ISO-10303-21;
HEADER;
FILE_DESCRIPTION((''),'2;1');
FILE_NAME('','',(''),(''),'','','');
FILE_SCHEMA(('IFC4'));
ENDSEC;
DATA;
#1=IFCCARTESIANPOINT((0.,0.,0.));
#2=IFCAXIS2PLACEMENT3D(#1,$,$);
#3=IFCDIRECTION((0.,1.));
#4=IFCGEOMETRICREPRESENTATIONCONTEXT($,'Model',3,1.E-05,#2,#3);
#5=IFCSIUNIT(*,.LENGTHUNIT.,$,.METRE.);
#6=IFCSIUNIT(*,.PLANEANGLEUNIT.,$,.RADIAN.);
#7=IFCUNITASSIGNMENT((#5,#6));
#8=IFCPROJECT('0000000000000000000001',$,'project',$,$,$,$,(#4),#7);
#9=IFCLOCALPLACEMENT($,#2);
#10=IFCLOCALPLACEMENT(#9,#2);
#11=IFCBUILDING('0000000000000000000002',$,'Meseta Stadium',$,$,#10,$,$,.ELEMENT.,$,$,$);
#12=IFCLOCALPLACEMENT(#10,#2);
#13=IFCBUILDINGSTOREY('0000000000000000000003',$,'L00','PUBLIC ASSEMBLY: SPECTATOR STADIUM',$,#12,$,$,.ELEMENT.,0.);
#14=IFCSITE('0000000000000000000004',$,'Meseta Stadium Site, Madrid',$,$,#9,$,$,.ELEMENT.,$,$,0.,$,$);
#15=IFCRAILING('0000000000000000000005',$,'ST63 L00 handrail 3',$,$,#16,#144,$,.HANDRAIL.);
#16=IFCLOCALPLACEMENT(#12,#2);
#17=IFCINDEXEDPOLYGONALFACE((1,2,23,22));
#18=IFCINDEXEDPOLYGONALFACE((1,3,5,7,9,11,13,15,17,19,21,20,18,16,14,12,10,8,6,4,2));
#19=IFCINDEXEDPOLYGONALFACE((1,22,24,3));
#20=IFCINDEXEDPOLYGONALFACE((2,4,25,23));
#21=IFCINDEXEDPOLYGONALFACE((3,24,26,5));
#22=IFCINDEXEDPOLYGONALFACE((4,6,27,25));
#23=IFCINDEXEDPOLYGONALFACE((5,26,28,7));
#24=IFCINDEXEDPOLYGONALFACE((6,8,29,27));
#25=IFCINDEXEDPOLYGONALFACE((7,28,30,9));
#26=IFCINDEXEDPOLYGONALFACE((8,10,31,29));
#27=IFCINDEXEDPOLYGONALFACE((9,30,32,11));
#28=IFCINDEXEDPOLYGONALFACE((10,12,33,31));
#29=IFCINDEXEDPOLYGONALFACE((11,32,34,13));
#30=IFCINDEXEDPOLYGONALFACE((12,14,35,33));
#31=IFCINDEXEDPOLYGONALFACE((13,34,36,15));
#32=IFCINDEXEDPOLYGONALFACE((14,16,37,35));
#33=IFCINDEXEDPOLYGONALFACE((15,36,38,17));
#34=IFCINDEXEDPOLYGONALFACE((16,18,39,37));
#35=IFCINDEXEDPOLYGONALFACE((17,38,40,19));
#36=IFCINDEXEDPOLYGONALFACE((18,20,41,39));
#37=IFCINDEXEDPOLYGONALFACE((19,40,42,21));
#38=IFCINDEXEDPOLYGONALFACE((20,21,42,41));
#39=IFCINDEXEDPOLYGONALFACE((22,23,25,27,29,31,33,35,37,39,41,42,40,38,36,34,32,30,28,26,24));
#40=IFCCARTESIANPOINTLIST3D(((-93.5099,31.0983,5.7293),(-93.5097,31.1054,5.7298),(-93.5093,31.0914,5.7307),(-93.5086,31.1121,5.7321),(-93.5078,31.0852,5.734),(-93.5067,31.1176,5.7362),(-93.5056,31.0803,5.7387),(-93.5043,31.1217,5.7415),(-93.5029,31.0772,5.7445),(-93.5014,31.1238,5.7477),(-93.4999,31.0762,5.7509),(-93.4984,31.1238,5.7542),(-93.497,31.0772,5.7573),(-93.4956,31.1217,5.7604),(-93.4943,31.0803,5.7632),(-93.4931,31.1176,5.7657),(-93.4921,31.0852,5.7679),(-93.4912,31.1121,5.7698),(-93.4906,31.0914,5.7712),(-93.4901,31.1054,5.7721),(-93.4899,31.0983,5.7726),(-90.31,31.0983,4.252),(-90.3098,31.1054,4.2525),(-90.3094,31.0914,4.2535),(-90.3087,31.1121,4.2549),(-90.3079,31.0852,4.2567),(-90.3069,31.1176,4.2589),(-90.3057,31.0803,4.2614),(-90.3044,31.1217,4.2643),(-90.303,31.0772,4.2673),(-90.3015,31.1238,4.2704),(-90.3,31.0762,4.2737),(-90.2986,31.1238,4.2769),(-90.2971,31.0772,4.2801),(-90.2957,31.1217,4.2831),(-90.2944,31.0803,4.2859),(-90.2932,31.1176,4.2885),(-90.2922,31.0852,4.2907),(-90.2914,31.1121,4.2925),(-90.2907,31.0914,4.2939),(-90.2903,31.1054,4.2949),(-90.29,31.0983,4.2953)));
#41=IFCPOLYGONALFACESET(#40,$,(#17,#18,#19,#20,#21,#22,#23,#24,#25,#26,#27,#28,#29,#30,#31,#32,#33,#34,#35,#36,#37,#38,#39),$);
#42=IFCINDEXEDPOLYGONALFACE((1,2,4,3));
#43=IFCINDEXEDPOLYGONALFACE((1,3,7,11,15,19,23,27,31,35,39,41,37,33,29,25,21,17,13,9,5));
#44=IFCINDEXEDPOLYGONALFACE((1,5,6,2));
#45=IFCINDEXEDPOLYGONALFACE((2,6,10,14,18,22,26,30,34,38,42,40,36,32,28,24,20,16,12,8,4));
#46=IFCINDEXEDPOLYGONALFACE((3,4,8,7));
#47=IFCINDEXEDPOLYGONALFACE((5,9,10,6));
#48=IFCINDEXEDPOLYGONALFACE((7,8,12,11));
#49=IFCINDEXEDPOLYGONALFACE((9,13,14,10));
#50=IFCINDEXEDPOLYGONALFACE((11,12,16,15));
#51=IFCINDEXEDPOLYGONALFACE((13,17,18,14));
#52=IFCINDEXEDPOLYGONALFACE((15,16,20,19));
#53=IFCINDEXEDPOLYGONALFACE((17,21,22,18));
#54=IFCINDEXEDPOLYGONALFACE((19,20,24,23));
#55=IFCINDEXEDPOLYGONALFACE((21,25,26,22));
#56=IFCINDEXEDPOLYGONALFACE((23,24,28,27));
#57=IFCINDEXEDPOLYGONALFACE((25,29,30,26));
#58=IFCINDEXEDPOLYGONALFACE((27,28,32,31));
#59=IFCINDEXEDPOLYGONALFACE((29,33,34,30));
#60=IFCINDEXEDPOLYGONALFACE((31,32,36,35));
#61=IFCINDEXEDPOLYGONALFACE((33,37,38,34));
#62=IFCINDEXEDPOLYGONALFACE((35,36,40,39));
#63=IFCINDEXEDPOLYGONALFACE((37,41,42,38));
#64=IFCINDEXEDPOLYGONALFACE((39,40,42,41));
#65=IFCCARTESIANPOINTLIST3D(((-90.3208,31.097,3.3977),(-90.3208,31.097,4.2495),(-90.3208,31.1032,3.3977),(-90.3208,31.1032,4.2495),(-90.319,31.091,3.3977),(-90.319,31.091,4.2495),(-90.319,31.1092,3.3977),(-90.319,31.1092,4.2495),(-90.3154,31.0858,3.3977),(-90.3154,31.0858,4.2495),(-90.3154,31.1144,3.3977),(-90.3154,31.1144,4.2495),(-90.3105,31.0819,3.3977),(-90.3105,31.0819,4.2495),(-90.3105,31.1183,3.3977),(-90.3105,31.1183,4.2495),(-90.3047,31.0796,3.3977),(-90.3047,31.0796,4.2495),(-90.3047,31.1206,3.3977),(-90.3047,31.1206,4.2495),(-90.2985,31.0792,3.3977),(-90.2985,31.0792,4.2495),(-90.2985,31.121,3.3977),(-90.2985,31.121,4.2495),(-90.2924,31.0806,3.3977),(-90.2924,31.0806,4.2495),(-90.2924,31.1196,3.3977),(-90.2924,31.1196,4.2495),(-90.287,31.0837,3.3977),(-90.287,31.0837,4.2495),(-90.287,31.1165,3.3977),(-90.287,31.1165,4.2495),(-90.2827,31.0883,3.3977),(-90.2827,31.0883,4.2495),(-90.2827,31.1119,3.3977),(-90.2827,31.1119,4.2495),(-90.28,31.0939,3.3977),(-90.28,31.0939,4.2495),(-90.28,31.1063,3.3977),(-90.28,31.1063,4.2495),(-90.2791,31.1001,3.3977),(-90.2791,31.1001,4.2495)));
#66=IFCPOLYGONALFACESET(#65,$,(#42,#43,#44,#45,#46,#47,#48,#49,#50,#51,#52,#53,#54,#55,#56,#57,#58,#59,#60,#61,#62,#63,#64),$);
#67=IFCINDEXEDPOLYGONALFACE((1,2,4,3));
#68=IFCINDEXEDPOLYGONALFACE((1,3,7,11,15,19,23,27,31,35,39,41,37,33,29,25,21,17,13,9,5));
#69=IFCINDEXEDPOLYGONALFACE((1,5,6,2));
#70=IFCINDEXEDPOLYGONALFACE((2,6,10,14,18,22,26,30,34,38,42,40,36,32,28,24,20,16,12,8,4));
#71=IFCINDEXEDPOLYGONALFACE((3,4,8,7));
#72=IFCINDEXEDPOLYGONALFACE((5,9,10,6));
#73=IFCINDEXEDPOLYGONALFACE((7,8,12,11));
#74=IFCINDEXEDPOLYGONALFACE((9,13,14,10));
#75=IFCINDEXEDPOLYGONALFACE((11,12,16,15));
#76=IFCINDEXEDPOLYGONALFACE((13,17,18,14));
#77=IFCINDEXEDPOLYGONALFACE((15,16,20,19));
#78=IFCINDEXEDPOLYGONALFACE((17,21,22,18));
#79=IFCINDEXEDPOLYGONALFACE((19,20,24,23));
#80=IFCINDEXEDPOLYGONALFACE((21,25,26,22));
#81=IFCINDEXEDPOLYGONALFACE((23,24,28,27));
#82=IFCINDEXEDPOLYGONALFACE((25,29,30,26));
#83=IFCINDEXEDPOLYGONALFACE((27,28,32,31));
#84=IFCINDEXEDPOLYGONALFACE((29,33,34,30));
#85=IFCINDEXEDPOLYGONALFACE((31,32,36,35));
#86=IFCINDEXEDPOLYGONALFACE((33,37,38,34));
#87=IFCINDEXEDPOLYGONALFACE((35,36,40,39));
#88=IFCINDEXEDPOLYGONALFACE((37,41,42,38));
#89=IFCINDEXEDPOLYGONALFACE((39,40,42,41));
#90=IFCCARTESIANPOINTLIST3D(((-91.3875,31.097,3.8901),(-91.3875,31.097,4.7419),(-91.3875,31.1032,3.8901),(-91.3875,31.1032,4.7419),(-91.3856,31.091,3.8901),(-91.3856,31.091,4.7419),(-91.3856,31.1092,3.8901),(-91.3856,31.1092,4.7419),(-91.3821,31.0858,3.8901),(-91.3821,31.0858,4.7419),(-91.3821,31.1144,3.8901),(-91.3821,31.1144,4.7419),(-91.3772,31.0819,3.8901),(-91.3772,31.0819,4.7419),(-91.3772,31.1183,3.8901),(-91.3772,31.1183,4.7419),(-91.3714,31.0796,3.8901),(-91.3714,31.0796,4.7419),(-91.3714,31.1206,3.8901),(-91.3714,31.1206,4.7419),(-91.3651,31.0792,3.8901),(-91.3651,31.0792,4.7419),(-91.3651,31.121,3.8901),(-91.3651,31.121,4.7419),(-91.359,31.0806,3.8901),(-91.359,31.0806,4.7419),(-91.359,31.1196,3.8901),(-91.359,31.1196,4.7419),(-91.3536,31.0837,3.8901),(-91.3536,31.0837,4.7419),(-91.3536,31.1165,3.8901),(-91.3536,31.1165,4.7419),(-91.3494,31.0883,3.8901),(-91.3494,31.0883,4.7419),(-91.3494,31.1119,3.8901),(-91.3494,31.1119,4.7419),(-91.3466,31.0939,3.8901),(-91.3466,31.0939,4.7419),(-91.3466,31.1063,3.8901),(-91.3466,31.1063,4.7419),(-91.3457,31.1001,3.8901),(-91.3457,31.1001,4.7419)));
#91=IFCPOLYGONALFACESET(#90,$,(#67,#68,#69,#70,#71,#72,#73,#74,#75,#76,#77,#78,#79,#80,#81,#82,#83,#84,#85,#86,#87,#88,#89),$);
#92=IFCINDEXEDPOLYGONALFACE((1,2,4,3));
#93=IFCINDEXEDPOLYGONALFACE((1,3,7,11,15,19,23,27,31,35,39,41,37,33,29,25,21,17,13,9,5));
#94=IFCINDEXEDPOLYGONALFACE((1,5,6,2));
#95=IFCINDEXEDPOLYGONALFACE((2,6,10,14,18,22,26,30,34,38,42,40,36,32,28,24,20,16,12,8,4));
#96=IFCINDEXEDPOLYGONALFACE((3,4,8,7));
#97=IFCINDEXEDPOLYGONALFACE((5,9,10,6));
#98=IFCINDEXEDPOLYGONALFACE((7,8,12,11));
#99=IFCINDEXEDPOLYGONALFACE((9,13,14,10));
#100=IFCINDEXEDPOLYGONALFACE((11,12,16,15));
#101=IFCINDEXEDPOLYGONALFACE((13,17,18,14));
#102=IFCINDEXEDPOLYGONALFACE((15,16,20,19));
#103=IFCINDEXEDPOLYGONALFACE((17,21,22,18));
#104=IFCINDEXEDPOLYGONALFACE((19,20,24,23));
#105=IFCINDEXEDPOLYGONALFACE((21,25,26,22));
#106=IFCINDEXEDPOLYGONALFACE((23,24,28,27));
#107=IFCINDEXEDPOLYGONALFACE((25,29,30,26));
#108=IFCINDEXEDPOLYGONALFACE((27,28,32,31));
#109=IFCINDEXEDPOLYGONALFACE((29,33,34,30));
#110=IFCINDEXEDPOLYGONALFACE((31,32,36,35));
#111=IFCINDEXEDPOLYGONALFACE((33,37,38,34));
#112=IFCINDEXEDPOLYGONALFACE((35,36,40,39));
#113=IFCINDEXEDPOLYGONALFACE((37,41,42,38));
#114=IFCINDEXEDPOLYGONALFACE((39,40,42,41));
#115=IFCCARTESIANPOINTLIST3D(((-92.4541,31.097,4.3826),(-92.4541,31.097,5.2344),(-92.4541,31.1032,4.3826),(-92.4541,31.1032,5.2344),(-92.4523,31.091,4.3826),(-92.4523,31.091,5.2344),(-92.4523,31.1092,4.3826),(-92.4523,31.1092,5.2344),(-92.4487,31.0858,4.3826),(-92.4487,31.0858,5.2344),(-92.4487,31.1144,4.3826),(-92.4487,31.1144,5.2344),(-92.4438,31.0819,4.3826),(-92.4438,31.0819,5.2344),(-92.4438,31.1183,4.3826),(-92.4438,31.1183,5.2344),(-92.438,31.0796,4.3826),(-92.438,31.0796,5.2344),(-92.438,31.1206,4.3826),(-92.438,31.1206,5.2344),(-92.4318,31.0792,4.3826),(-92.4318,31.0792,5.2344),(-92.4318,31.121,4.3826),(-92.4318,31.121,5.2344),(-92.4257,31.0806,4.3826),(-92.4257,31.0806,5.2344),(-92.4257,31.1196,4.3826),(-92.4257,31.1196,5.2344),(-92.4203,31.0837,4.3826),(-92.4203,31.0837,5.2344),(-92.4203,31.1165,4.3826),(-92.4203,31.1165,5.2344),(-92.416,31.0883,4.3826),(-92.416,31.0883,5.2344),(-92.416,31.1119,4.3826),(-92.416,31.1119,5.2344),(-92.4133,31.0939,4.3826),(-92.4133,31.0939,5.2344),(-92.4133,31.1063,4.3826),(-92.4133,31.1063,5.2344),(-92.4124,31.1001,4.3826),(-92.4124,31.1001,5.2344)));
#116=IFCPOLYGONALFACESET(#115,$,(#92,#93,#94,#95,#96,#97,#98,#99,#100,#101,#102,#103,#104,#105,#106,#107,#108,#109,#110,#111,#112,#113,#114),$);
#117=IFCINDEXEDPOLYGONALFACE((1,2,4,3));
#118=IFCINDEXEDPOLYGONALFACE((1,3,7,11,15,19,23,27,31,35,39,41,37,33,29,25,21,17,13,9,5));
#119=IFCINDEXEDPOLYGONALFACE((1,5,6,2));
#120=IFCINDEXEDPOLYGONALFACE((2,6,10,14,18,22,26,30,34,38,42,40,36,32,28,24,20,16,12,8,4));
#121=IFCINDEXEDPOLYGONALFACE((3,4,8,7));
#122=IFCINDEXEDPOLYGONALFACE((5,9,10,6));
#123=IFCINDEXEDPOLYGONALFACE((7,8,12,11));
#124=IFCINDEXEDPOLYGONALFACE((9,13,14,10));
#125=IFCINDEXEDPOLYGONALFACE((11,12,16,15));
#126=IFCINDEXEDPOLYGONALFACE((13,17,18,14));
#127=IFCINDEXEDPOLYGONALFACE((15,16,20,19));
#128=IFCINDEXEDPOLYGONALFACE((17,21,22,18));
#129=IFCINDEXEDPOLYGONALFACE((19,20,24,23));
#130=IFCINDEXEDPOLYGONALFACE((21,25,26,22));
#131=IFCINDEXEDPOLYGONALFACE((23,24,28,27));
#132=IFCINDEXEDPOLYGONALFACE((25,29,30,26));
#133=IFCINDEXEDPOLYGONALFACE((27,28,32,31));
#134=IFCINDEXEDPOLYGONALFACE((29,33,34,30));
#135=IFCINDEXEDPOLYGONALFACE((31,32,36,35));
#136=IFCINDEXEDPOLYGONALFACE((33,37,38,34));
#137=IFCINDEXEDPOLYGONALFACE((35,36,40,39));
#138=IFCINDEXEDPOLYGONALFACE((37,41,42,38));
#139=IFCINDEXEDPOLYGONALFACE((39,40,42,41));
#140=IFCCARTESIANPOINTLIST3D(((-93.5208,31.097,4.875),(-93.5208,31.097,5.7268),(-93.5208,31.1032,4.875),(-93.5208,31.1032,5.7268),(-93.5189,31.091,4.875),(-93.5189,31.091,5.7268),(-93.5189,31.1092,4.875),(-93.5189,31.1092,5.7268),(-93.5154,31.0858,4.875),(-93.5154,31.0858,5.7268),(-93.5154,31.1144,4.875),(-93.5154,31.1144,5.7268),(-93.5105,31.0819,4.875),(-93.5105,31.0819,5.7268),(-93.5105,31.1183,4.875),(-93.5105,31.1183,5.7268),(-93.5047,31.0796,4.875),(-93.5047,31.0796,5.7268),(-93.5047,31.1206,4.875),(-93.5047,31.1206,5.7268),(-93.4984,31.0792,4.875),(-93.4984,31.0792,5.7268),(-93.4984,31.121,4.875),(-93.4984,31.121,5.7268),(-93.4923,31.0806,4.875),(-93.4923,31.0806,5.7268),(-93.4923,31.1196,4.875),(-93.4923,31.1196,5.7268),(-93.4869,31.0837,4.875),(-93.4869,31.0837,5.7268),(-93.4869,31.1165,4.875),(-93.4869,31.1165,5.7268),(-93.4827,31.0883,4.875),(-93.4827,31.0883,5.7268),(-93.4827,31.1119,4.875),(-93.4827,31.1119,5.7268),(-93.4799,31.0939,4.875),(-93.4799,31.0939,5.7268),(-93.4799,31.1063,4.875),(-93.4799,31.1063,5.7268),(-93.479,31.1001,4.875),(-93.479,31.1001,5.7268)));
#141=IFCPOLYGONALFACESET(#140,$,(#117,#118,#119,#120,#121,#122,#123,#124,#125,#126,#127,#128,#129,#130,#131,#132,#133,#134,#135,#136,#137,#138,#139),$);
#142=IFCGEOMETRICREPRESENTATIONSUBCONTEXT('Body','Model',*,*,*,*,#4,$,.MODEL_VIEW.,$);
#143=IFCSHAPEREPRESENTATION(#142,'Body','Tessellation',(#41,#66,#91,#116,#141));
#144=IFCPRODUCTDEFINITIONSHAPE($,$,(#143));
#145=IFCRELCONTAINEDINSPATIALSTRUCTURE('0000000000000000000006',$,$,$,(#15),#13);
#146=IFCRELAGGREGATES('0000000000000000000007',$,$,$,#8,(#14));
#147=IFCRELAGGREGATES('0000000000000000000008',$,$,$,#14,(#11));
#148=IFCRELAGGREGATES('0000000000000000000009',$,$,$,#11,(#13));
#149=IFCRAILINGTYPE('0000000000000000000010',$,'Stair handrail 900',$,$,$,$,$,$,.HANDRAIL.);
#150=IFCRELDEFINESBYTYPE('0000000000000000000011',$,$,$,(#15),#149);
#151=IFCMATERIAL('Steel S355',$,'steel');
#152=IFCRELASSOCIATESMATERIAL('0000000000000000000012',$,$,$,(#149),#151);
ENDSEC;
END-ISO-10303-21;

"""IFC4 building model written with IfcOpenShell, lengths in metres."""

from ifc_helpers import new_model, si_unit, direction, frame, origin, origin_2d, place, context, subcontext, project, spatial, circle, extrude, material, type_object, element, save


model = new_model("IFC4")

# Units and contexts
model_context = context("Model", 3, precision=1e-05, world=origin(), true_north=direction((0.0, 1.0)))
body_context = subcontext(model_context, "Body", "Model", "MODEL_VIEW")
ifc_project = project(units=[si_unit("LENGTHUNIT", "METRE"), si_unit("PLANEANGLEUNIT", "RADIAN")], contexts=[model_context])

# Site, building, storey
site_placement = place(None, origin())
site = spatial("IfcSite", under=ifc_project, at=site_placement, Name="Meseta Stadium Site, Madrid", CompositionType="ELEMENT", RefElevation=0.0)
building_placement = place(site_placement, origin())
building = spatial("IfcBuilding", under=site, at=building_placement, Name="Meseta Stadium", CompositionType="ELEMENT")
storey_placement = place(building_placement, origin())
storey = spatial("IfcBuildingStorey", under=building, at=storey_placement, Name="L00", Description="PUBLIC ASSEMBLY: SPECTATOR STADIUM", CompositionType="ELEMENT", Elevation=0.0)

# Railing
ifc_material_1 = material(Name="Steel S355", Category="steel")
railing_type_1 = type_object("IfcRailingType", Name="Stair handrail 900", PredefinedType="HANDRAIL", material=ifc_material_1)
for number, where, name in (
    (1, (-90.3, 31.1001, 3.3977), "ST63 L00 handrail 3"),
):
    element("IfcRailing", number, at=place(storey_placement, frame(where)), inside=storey, type_object=railing_type_1, Name=name, PredefinedType="HANDRAIL", context=body_context, shape_type="SweptSolid", body=[
        extrude(circle(Radius=0.0239, at=origin_2d()), frame((0.0, 0.0, 0.876), z_axis=(-0.907917, 0.0, 0.41915), x_axis=(0.0, -1.0, 0.0)), (0.0, 0.0, 1.0), 3.5244),
        extrude(circle(Radius=0.021, at=origin_2d()), origin(), (0.0, 0.0, 1.0), 0.8518),
        extrude(circle(Radius=0.021, at=origin_2d()), frame((-1.0667, 0.0, 0.4924)), (0.0, 0.0, 1.0), 0.8518),
        extrude(circle(Radius=0.021, at=origin_2d()), frame((-2.1333, 0.0, 0.9849)), (0.0, 0.0, 1.0), 0.8518),
        extrude(circle(Radius=0.021, at=origin_2d()), frame((-3.2, 0.0, 1.4773)), (0.0, 0.0, 1.0), 0.8518),
    ])

save(model, "model.ifc")
